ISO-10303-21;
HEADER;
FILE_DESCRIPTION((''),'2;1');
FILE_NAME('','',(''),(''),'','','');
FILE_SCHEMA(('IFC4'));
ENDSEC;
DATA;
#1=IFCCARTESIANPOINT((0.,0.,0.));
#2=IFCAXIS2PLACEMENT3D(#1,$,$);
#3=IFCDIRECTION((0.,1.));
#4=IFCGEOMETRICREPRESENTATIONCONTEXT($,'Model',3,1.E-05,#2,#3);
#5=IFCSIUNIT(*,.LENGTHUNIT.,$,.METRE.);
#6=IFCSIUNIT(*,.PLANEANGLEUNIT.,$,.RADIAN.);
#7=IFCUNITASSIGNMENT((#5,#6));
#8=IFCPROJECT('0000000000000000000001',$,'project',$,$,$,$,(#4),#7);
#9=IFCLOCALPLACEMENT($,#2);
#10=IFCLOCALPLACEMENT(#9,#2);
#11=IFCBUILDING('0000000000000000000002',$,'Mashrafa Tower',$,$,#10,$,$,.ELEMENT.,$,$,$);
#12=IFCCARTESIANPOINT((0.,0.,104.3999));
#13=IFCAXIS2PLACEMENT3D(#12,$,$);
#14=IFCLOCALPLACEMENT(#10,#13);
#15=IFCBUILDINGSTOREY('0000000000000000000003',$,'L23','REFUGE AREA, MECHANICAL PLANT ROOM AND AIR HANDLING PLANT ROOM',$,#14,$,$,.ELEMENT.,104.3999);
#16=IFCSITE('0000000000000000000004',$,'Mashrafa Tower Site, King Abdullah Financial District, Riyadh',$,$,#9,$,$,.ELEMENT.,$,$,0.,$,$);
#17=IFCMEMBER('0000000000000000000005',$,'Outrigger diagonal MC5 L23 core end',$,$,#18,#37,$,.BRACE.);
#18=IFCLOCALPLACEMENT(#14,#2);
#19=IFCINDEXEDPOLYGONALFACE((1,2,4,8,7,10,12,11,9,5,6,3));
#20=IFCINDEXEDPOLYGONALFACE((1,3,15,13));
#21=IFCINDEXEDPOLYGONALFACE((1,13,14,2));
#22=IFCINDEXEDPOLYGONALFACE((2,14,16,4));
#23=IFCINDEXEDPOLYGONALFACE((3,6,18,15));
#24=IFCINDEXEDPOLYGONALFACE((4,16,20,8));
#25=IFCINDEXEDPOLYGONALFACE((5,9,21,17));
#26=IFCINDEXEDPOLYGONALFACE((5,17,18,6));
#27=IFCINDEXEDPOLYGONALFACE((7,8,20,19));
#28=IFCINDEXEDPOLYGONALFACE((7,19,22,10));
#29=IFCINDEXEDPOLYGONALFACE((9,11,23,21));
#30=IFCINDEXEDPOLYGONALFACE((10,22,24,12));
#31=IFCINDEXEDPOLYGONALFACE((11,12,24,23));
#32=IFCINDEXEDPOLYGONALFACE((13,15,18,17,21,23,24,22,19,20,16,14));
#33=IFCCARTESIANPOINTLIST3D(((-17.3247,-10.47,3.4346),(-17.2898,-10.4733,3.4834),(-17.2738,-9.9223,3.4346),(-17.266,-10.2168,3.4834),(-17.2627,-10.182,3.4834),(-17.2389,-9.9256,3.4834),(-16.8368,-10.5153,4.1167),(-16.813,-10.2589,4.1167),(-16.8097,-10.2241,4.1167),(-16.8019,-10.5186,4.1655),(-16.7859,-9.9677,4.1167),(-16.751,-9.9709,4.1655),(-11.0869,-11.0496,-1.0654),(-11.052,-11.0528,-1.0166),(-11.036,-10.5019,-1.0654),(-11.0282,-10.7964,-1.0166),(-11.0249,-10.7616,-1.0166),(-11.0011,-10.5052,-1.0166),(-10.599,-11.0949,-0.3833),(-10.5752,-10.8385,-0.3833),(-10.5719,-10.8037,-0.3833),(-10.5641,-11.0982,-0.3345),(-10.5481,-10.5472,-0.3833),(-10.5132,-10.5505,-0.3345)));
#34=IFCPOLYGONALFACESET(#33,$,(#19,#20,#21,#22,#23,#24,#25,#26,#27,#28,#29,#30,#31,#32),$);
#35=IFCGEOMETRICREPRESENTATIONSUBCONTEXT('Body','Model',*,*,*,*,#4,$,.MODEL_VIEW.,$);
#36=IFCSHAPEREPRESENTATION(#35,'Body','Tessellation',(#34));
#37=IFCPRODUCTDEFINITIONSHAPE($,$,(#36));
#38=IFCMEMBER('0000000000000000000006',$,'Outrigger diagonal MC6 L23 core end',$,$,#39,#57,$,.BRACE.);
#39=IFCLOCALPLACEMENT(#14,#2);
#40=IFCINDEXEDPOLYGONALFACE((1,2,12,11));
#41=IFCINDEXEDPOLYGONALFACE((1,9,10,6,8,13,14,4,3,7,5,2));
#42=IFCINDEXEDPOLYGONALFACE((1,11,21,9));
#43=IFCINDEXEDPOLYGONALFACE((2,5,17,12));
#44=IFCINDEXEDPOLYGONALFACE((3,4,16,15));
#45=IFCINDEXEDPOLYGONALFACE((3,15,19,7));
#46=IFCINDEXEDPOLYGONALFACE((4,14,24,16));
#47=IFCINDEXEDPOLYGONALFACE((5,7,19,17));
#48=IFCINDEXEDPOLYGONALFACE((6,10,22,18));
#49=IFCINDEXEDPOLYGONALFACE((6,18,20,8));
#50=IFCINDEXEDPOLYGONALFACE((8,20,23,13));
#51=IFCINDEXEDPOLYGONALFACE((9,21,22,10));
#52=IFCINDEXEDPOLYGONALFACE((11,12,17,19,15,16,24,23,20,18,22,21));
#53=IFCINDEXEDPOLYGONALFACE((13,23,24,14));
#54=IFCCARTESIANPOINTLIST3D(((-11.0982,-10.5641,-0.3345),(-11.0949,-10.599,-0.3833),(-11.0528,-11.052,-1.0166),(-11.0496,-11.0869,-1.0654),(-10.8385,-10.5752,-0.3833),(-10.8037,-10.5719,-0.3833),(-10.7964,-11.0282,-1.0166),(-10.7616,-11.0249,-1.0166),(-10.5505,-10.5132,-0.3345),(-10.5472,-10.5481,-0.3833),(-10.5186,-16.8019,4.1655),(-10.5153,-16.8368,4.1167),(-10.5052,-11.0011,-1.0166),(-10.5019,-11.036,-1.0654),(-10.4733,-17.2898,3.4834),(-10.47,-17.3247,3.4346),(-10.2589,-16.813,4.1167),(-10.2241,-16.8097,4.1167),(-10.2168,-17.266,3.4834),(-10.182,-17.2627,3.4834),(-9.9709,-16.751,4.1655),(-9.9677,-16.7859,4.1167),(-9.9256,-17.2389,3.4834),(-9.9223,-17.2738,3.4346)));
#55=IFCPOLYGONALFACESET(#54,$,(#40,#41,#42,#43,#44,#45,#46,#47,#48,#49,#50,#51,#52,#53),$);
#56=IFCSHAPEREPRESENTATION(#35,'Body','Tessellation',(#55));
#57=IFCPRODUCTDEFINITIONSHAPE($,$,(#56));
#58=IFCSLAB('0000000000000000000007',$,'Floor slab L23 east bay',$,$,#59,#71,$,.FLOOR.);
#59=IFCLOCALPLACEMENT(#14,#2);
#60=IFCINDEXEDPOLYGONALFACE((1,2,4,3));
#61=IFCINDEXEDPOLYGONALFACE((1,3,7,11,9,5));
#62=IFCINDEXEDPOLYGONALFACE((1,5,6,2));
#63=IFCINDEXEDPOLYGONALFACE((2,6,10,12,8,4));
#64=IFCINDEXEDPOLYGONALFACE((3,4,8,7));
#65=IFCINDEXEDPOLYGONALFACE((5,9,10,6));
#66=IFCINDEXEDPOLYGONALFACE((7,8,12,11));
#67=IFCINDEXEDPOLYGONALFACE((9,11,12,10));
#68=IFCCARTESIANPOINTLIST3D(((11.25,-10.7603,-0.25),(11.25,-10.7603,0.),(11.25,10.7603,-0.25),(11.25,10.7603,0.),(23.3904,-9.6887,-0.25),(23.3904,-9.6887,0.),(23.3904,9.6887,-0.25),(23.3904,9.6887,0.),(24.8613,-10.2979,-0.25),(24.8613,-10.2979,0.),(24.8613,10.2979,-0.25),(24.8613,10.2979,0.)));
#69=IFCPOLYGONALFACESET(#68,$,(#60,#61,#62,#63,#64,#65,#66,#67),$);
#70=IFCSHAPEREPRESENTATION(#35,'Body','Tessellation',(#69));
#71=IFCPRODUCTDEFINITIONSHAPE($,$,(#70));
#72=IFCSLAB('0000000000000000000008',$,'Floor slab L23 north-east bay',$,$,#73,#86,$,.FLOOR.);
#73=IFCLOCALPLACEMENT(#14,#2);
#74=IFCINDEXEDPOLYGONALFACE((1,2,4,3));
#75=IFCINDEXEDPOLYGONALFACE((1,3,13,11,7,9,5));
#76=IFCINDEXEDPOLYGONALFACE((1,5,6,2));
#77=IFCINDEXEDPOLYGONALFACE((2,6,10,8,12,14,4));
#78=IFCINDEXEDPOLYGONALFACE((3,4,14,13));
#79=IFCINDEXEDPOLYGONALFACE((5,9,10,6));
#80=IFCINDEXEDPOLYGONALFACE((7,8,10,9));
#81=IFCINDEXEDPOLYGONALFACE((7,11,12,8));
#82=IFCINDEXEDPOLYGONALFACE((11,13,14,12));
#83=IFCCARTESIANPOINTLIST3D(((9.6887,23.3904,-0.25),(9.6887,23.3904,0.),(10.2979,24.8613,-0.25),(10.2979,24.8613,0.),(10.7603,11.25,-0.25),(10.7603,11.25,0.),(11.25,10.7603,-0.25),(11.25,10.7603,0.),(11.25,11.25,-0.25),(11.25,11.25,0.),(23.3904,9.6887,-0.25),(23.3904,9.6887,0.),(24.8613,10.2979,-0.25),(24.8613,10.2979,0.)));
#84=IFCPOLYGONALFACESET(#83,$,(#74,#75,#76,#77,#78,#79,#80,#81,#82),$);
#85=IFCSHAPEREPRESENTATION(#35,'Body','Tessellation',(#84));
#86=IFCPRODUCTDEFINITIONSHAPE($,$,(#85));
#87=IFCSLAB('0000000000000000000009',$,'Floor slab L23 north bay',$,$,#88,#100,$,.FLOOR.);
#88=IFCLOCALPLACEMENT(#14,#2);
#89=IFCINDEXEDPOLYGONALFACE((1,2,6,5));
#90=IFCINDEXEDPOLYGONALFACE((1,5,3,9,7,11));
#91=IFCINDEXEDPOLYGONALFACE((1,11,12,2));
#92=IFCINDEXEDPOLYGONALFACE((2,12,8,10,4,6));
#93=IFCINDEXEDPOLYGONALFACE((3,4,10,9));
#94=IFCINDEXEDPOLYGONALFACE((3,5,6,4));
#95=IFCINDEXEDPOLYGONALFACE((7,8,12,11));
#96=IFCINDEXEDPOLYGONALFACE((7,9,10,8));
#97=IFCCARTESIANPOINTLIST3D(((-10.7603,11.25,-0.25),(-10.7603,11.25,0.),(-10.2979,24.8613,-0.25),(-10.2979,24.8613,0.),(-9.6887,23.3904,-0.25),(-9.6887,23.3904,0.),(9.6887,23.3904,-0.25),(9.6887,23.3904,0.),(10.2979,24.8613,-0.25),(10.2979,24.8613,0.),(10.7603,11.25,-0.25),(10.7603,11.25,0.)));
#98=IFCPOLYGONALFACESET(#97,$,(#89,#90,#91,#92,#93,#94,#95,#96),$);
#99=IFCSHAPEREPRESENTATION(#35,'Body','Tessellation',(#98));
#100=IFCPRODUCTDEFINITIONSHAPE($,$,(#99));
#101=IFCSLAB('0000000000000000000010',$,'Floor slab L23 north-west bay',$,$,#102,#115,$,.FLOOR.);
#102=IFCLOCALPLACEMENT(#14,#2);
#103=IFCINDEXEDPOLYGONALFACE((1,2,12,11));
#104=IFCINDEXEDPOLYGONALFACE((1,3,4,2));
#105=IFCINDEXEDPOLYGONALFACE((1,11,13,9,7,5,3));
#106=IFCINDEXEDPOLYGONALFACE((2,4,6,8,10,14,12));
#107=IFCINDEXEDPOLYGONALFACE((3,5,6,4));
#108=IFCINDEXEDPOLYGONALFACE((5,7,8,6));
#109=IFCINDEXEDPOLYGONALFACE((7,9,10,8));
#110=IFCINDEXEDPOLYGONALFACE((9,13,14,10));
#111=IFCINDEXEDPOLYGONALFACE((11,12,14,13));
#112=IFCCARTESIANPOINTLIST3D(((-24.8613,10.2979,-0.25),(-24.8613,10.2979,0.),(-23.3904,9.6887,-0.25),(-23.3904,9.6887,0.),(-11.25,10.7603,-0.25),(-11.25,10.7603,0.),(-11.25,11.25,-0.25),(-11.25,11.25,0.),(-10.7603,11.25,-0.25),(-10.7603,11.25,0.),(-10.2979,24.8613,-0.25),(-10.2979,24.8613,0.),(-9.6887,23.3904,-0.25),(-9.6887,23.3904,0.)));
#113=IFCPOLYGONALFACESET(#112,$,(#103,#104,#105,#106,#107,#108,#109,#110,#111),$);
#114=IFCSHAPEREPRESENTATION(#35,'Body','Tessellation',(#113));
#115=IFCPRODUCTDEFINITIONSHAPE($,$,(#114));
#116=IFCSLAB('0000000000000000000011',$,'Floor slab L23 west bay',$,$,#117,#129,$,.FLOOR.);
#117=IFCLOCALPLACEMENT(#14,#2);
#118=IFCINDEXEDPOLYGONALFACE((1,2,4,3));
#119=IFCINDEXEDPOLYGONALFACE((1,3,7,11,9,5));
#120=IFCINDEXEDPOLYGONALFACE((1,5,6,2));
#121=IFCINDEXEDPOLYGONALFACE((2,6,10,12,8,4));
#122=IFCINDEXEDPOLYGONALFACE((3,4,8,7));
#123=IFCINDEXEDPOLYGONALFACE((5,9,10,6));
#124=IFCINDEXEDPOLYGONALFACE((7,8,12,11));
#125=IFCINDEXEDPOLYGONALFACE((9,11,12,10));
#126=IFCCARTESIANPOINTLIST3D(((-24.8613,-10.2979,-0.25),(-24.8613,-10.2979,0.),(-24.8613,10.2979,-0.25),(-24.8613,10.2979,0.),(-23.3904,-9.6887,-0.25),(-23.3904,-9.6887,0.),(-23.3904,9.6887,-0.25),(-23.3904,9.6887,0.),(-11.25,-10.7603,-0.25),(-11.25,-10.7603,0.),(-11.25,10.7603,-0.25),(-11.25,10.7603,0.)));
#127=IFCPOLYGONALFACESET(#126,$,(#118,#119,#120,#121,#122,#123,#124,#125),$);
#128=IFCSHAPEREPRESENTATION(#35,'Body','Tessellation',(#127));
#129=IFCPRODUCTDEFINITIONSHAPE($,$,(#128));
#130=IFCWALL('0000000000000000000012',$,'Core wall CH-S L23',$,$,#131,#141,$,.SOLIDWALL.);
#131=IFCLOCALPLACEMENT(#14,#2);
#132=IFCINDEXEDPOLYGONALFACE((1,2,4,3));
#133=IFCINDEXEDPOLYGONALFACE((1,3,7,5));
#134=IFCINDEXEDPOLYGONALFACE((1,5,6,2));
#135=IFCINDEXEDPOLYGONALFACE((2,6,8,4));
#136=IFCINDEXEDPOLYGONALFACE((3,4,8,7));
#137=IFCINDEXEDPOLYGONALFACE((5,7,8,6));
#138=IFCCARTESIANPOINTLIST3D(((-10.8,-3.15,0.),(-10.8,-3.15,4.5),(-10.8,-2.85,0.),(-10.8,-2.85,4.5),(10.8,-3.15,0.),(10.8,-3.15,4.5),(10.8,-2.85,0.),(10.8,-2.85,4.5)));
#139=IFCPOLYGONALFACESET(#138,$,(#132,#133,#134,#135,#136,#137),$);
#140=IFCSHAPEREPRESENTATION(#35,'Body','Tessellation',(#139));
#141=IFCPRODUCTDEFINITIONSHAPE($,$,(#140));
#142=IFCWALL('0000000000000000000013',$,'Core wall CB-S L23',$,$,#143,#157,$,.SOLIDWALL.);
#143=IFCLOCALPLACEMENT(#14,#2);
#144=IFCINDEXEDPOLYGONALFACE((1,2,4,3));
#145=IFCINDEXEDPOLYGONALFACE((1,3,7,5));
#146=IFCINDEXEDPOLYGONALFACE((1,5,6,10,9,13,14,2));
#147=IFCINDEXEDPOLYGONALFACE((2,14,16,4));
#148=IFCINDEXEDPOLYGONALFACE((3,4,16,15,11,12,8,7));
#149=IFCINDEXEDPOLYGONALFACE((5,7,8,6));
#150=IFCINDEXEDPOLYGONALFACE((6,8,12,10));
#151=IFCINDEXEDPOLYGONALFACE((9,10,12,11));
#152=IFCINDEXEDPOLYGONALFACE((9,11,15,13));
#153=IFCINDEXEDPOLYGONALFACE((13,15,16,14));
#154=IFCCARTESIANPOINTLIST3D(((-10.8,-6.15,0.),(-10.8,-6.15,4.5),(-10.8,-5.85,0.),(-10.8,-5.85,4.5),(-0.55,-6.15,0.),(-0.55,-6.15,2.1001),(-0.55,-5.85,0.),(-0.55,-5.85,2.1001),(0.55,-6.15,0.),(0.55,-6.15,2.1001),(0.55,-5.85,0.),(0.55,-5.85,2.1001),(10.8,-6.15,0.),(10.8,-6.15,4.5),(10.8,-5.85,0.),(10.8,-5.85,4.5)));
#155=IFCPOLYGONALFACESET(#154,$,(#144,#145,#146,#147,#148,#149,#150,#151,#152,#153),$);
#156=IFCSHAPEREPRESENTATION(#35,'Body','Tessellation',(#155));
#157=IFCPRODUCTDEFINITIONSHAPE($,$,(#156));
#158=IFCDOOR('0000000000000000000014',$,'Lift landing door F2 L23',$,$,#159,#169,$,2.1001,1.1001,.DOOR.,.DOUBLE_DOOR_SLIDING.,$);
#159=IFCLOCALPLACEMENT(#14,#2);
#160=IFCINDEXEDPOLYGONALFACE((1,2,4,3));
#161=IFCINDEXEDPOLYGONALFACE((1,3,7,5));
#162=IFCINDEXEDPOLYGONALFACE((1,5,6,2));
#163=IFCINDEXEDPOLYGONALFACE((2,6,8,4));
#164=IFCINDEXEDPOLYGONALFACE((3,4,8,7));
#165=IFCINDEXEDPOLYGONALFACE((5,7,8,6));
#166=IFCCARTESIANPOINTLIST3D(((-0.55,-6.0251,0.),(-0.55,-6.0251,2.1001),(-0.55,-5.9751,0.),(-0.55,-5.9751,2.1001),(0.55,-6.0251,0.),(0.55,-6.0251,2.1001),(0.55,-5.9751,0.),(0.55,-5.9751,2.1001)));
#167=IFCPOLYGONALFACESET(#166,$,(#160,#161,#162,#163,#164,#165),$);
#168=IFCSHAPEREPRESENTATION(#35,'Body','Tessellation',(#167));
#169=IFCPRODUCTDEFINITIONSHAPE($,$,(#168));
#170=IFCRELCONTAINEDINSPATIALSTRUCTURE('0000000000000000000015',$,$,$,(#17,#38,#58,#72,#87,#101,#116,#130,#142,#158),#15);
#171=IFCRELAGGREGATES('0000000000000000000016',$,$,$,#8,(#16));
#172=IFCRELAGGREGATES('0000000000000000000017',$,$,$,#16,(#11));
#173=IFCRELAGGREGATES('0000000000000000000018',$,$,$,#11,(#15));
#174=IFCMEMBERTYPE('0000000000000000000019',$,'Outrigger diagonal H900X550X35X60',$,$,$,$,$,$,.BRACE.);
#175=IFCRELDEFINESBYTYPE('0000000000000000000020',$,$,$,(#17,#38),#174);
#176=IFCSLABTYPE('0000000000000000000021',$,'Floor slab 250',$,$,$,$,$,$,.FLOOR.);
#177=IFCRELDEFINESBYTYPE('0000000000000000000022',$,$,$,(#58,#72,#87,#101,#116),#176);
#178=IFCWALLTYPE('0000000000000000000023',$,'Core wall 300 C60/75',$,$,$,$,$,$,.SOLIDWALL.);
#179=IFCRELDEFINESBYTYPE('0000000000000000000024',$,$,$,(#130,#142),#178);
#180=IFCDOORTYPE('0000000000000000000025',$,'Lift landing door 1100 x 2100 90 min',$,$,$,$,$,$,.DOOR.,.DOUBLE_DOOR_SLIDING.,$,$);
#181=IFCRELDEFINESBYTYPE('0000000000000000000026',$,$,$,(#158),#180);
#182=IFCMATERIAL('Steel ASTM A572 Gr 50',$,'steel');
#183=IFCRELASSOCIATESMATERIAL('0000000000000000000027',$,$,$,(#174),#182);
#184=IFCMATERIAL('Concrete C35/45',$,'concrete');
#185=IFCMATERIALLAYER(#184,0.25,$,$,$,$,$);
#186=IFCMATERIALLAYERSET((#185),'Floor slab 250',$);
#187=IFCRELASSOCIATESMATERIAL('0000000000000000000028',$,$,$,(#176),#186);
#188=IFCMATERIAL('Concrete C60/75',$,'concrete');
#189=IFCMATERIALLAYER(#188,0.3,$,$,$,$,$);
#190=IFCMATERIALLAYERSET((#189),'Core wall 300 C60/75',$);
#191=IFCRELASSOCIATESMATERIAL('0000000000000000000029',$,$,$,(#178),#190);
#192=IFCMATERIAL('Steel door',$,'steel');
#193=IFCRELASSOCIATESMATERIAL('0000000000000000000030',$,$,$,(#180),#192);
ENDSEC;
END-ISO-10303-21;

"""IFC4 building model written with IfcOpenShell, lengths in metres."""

from ifc_helpers import new_model, si_unit, direction, frame, frame_2d, origin, origin_2d, place, context, subcontext, project, spatial, polyline, rectangle, i_section, outline, extrude, source, transform, mapped, material, layer, layer_set, material_profile, profile_set, type_object, type_shapes, element, fill, save


model = new_model("IFC4")

# Units and contexts
model_context = context("Model", 3, precision=1e-05, world=origin(), true_north=direction((0.0, 1.0)))
body_context = subcontext(model_context, "Body", "Model", "MODEL_VIEW")
ifc_project = project(units=[si_unit("LENGTHUNIT", "METRE"), si_unit("PLANEANGLEUNIT", "RADIAN")], contexts=[model_context])

# Site, building, storey
site_placement = place(None, origin())
site = spatial("IfcSite", under=ifc_project, at=site_placement, Name="Mashrafa Tower Site, King Abdullah Financial District, Riyadh", CompositionType="ELEMENT", RefElevation=0.0)
building_placement = place(site_placement, origin())
building = spatial("IfcBuilding", under=site, at=building_placement, Name="Mashrafa Tower", CompositionType="ELEMENT")
storey_placement = place(building_placement, frame((0.0, 0.0, 104.3999)))
storey = spatial("IfcBuildingStorey", under=building, at=storey_placement, Name="L23", Description="REFUGE AREA, MECHANICAL PLANT ROOM AND AIR HANDLING PLANT ROOM", CompositionType="ELEMENT", Elevation=104.3999)

# Members
ifc_material_1 = material(Name="Steel ASTM A572 Gr 50", Category="steel")
ifc_material_profile_1 = material_profile(ifc_material_1, i_section(OverallWidth=0.55, OverallDepth=0.8999, WebThickness=0.0349, FlangeThickness=0.0601, at=origin_2d()), Name="H900X550X35X60")
ifc_profile_set_1 = profile_set([ifc_material_profile_1], Name="Steel ASTM A572 Gr 50")
member_type_1 = type_object("IfcMemberType", Name="Outrigger diagonal H900X550X35X60", PredefinedType="BRACE", material=ifc_profile_set_1)
shared_shape_1 = source(origin(), body_context, "Body", "SweptSolid", [
    extrude(i_section(OverallWidth=0.55, OverallDepth=0.8999, WebThickness=0.0349, FlangeThickness=0.0601, at=origin_2d()), origin(), (0.0, 0.0, 1.0), 7.7134),
])
type_shapes(member_type_1, [shared_shape_1])
for number, where, z_axis, x_axis, name in (
    (1, (-10.8, -10.8, -0.7), (-0.808699, 0.075141, 0.583403), (-0.092517, -0.995711, 0.0), "Outrigger diagonal MC5 L23 core end"),
    (2, (-10.8, -10.8, -0.7), (0.075141, -0.808699, 0.583403), (0.995711, 0.092517, 0.0), "Outrigger diagonal MC6 L23 core end"),
):
    element("IfcMember", number, at=place(storey_placement, frame(where, z_axis=z_axis, x_axis=x_axis)), inside=storey, type_object=member_type_1, Name=name, PredefinedType="BRACE", context=body_context, shape_type="MappedRepresentation", body=[
        mapped(shared_shape_1, transform((0.0, 0.0, 0.0))),
    ])

# Slabs
ifc_material_2 = material(Name="Concrete C35/45", Category="concrete")
ifc_layer_1 = layer(ifc_material_2, 0.25)
ifc_layer_set_1 = layer_set([ifc_layer_1], Name="Floor slab 250")
slab_type = type_object("IfcSlabType", Name="Floor slab 250", PredefinedType="FLOOR", material=ifc_layer_set_1)
slab_1_placement = place(storey_placement, frame((0.0, 0.0, -0.25)))
element("IfcSlab", 3, at=slab_1_placement, inside=storey, type_object=slab_type, Name="Floor slab L23 east bay", PredefinedType="FLOOR", context=body_context, shape_type="SweptSolid", body=[
    extrude(outline(polyline([(24.8613, 10.2979), (24.8613, -10.2979), (24.8613, -10.2979), (23.3904, -9.6887), (11.25, -10.7603), (11.25, 10.7603), (23.3904, 9.6887), (24.8613, 10.2979), (24.8613, 10.2979)])), origin(), (0.0, 0.0, 1.0), 0.25),
])
slab_2_placement = place(storey_placement, frame((0.0, 0.0, -0.25)))
element("IfcSlab", 4, at=slab_2_placement, inside=storey, type_object=slab_type, Name="Floor slab L23 north-east bay", PredefinedType="FLOOR", context=body_context, shape_type="SweptSolid", body=[
    extrude(outline(polyline([(24.8613, 10.2979), (23.3904, 9.6887), (11.25, 10.7603), (11.25, 11.25), (10.7603, 11.25), (9.6887, 23.3904), (10.2979, 24.8613), (24.8613, 10.2979)])), origin(), (0.0, 0.0, 1.0), 0.25),
])
slab_3_placement = place(storey_placement, frame((0.0, 0.0, -0.25)))
element("IfcSlab", 5, at=slab_3_placement, inside=storey, type_object=slab_type, Name="Floor slab L23 north bay", PredefinedType="FLOOR", context=body_context, shape_type="SweptSolid", body=[
    extrude(outline(polyline([(-10.2979, 24.8613), (10.2979, 24.8613), (10.2979, 24.8613), (9.6887, 23.3904), (10.7603, 11.25), (-10.7603, 11.25), (-9.6887, 23.3904), (-10.2979, 24.8613), (-10.2979, 24.8613)])), origin(), (0.0, 0.0, 1.0), 0.25),
])
slab_4_placement = place(storey_placement, frame((0.0, 0.0, -0.25)))
element("IfcSlab", 6, at=slab_4_placement, inside=storey, type_object=slab_type, Name="Floor slab L23 north-west bay", PredefinedType="FLOOR", context=body_context, shape_type="SweptSolid", body=[
    extrude(outline(polyline([(-10.2979, 24.8613), (-9.6887, 23.3904), (-10.7603, 11.25), (-11.25, 11.25), (-11.25, 10.7603), (-23.3904, 9.6887), (-24.8613, 10.2979), (-10.2979, 24.8613)])), origin(), (0.0, 0.0, 1.0), 0.25),
])
slab_5_placement = place(storey_placement, frame((0.0, 0.0, -0.25)))
element("IfcSlab", 7, at=slab_5_placement, inside=storey, type_object=slab_type, Name="Floor slab L23 west bay", PredefinedType="FLOOR", context=body_context, shape_type="SweptSolid", body=[
    extrude(outline(polyline([(-24.8613, -10.2979), (-24.8613, 10.2979), (-24.8613, 10.2979), (-23.3904, 9.6887), (-11.25, 10.7603), (-11.25, -10.7603), (-23.3904, -9.6887), (-24.8613, -10.2979), (-24.8613, -10.2979)])), origin(), (0.0, 0.0, 1.0), 0.25),
])

# Wall
ifc_material_3 = material(Name="Concrete C60/75", Category="concrete")
ifc_layer_2 = layer(ifc_material_3, 0.3)
ifc_layer_set_2 = layer_set([ifc_layer_2], Name="Core wall 300 C60/75")
wall_type_1 = type_object("IfcWallType", Name="Core wall 300 C60/75", PredefinedType="SOLIDWALL", material=ifc_layer_set_2)
wall_1_placement = place(storey_placement, frame((-10.8, -3.0, 0.0), z_axis=(0.0, 0.0, 1.0), x_axis=(1.0, 0.0, 0.0)))
element("IfcWall", 8, at=wall_1_placement, inside=storey, type_object=wall_type_1, Name="Core wall CH-S L23", PredefinedType="SOLIDWALL", context=body_context, shape_type="SweptSolid", body=[
    extrude(rectangle(XDim=21.6001, YDim=0.3, at=frame_2d((10.8, 0.0))), origin(), (0.0, 0.0, 1.0), 4.5),
])

# Wall, opening, door
wall_2_placement = place(storey_placement, frame((-10.8, -6.0, 0.0), z_axis=(0.0, 0.0, 1.0), x_axis=(1.0, 0.0, 0.0)))
wall_2 = element("IfcWall", 9, at=wall_2_placement, inside=storey, type_object=wall_type_1, Name="Core wall CB-S L23", PredefinedType="SOLIDWALL", context=body_context, shape_type="SweptSolid", body=[
    extrude(rectangle(XDim=21.6001, YDim=0.3, at=frame_2d((10.8, 0.0))), origin(), (0.0, 0.0, 1.0), 4.5),
])
opening_1_placement = place(wall_2_placement, frame((10.25, 0.0, 0.0)))
opening_1 = element("IfcOpeningElement", 10, at=opening_1_placement, cuts=wall_2, PredefinedType="OPENING", context=body_context, shape_type="SweptSolid", body=[
    extrude(rectangle(XDim=1.1001, YDim=2.1001, at=frame_2d((0.55, 1.05))), frame((0.0, 0.1599, 0.0), z_axis=(0.0, -1.0, 0.0), x_axis=(1.0, 0.0, 0.0)), (0.0, 0.0, 1.0), 0.3201),
])
ifc_material_4 = material(Name="Steel door", Category="steel")
door_type_1 = type_object("IfcDoorType", Name="Lift landing door 1100 x 2100 90 min", OperationType="DOUBLE_DOOR_SLIDING", PredefinedType="DOOR", material=ifc_material_4)
door_1_placement = place(opening_1_placement, origin())
door_1 = element("IfcDoor", 11, at=door_1_placement, inside=storey, type_object=door_type_1, Name="Lift landing door F2 L23", OperationType="DOUBLE_DOOR_SLIDING", OverallHeight=2.1001, OverallWidth=1.1001, PredefinedType="DOOR", context=body_context, shape_type="SweptSolid", body=[
    extrude(rectangle(XDim=1.1001, YDim=2.1001, at=frame_2d((0.55, 1.05))), frame((0.0, 0.0249, 0.0), z_axis=(0.0, -1.0, 0.0), x_axis=(1.0, 0.0, 0.0)), (0.0, 0.0, 1.0), 0.05),
])
fill(opening_1, door_1)

save(model, "model.ifc")
